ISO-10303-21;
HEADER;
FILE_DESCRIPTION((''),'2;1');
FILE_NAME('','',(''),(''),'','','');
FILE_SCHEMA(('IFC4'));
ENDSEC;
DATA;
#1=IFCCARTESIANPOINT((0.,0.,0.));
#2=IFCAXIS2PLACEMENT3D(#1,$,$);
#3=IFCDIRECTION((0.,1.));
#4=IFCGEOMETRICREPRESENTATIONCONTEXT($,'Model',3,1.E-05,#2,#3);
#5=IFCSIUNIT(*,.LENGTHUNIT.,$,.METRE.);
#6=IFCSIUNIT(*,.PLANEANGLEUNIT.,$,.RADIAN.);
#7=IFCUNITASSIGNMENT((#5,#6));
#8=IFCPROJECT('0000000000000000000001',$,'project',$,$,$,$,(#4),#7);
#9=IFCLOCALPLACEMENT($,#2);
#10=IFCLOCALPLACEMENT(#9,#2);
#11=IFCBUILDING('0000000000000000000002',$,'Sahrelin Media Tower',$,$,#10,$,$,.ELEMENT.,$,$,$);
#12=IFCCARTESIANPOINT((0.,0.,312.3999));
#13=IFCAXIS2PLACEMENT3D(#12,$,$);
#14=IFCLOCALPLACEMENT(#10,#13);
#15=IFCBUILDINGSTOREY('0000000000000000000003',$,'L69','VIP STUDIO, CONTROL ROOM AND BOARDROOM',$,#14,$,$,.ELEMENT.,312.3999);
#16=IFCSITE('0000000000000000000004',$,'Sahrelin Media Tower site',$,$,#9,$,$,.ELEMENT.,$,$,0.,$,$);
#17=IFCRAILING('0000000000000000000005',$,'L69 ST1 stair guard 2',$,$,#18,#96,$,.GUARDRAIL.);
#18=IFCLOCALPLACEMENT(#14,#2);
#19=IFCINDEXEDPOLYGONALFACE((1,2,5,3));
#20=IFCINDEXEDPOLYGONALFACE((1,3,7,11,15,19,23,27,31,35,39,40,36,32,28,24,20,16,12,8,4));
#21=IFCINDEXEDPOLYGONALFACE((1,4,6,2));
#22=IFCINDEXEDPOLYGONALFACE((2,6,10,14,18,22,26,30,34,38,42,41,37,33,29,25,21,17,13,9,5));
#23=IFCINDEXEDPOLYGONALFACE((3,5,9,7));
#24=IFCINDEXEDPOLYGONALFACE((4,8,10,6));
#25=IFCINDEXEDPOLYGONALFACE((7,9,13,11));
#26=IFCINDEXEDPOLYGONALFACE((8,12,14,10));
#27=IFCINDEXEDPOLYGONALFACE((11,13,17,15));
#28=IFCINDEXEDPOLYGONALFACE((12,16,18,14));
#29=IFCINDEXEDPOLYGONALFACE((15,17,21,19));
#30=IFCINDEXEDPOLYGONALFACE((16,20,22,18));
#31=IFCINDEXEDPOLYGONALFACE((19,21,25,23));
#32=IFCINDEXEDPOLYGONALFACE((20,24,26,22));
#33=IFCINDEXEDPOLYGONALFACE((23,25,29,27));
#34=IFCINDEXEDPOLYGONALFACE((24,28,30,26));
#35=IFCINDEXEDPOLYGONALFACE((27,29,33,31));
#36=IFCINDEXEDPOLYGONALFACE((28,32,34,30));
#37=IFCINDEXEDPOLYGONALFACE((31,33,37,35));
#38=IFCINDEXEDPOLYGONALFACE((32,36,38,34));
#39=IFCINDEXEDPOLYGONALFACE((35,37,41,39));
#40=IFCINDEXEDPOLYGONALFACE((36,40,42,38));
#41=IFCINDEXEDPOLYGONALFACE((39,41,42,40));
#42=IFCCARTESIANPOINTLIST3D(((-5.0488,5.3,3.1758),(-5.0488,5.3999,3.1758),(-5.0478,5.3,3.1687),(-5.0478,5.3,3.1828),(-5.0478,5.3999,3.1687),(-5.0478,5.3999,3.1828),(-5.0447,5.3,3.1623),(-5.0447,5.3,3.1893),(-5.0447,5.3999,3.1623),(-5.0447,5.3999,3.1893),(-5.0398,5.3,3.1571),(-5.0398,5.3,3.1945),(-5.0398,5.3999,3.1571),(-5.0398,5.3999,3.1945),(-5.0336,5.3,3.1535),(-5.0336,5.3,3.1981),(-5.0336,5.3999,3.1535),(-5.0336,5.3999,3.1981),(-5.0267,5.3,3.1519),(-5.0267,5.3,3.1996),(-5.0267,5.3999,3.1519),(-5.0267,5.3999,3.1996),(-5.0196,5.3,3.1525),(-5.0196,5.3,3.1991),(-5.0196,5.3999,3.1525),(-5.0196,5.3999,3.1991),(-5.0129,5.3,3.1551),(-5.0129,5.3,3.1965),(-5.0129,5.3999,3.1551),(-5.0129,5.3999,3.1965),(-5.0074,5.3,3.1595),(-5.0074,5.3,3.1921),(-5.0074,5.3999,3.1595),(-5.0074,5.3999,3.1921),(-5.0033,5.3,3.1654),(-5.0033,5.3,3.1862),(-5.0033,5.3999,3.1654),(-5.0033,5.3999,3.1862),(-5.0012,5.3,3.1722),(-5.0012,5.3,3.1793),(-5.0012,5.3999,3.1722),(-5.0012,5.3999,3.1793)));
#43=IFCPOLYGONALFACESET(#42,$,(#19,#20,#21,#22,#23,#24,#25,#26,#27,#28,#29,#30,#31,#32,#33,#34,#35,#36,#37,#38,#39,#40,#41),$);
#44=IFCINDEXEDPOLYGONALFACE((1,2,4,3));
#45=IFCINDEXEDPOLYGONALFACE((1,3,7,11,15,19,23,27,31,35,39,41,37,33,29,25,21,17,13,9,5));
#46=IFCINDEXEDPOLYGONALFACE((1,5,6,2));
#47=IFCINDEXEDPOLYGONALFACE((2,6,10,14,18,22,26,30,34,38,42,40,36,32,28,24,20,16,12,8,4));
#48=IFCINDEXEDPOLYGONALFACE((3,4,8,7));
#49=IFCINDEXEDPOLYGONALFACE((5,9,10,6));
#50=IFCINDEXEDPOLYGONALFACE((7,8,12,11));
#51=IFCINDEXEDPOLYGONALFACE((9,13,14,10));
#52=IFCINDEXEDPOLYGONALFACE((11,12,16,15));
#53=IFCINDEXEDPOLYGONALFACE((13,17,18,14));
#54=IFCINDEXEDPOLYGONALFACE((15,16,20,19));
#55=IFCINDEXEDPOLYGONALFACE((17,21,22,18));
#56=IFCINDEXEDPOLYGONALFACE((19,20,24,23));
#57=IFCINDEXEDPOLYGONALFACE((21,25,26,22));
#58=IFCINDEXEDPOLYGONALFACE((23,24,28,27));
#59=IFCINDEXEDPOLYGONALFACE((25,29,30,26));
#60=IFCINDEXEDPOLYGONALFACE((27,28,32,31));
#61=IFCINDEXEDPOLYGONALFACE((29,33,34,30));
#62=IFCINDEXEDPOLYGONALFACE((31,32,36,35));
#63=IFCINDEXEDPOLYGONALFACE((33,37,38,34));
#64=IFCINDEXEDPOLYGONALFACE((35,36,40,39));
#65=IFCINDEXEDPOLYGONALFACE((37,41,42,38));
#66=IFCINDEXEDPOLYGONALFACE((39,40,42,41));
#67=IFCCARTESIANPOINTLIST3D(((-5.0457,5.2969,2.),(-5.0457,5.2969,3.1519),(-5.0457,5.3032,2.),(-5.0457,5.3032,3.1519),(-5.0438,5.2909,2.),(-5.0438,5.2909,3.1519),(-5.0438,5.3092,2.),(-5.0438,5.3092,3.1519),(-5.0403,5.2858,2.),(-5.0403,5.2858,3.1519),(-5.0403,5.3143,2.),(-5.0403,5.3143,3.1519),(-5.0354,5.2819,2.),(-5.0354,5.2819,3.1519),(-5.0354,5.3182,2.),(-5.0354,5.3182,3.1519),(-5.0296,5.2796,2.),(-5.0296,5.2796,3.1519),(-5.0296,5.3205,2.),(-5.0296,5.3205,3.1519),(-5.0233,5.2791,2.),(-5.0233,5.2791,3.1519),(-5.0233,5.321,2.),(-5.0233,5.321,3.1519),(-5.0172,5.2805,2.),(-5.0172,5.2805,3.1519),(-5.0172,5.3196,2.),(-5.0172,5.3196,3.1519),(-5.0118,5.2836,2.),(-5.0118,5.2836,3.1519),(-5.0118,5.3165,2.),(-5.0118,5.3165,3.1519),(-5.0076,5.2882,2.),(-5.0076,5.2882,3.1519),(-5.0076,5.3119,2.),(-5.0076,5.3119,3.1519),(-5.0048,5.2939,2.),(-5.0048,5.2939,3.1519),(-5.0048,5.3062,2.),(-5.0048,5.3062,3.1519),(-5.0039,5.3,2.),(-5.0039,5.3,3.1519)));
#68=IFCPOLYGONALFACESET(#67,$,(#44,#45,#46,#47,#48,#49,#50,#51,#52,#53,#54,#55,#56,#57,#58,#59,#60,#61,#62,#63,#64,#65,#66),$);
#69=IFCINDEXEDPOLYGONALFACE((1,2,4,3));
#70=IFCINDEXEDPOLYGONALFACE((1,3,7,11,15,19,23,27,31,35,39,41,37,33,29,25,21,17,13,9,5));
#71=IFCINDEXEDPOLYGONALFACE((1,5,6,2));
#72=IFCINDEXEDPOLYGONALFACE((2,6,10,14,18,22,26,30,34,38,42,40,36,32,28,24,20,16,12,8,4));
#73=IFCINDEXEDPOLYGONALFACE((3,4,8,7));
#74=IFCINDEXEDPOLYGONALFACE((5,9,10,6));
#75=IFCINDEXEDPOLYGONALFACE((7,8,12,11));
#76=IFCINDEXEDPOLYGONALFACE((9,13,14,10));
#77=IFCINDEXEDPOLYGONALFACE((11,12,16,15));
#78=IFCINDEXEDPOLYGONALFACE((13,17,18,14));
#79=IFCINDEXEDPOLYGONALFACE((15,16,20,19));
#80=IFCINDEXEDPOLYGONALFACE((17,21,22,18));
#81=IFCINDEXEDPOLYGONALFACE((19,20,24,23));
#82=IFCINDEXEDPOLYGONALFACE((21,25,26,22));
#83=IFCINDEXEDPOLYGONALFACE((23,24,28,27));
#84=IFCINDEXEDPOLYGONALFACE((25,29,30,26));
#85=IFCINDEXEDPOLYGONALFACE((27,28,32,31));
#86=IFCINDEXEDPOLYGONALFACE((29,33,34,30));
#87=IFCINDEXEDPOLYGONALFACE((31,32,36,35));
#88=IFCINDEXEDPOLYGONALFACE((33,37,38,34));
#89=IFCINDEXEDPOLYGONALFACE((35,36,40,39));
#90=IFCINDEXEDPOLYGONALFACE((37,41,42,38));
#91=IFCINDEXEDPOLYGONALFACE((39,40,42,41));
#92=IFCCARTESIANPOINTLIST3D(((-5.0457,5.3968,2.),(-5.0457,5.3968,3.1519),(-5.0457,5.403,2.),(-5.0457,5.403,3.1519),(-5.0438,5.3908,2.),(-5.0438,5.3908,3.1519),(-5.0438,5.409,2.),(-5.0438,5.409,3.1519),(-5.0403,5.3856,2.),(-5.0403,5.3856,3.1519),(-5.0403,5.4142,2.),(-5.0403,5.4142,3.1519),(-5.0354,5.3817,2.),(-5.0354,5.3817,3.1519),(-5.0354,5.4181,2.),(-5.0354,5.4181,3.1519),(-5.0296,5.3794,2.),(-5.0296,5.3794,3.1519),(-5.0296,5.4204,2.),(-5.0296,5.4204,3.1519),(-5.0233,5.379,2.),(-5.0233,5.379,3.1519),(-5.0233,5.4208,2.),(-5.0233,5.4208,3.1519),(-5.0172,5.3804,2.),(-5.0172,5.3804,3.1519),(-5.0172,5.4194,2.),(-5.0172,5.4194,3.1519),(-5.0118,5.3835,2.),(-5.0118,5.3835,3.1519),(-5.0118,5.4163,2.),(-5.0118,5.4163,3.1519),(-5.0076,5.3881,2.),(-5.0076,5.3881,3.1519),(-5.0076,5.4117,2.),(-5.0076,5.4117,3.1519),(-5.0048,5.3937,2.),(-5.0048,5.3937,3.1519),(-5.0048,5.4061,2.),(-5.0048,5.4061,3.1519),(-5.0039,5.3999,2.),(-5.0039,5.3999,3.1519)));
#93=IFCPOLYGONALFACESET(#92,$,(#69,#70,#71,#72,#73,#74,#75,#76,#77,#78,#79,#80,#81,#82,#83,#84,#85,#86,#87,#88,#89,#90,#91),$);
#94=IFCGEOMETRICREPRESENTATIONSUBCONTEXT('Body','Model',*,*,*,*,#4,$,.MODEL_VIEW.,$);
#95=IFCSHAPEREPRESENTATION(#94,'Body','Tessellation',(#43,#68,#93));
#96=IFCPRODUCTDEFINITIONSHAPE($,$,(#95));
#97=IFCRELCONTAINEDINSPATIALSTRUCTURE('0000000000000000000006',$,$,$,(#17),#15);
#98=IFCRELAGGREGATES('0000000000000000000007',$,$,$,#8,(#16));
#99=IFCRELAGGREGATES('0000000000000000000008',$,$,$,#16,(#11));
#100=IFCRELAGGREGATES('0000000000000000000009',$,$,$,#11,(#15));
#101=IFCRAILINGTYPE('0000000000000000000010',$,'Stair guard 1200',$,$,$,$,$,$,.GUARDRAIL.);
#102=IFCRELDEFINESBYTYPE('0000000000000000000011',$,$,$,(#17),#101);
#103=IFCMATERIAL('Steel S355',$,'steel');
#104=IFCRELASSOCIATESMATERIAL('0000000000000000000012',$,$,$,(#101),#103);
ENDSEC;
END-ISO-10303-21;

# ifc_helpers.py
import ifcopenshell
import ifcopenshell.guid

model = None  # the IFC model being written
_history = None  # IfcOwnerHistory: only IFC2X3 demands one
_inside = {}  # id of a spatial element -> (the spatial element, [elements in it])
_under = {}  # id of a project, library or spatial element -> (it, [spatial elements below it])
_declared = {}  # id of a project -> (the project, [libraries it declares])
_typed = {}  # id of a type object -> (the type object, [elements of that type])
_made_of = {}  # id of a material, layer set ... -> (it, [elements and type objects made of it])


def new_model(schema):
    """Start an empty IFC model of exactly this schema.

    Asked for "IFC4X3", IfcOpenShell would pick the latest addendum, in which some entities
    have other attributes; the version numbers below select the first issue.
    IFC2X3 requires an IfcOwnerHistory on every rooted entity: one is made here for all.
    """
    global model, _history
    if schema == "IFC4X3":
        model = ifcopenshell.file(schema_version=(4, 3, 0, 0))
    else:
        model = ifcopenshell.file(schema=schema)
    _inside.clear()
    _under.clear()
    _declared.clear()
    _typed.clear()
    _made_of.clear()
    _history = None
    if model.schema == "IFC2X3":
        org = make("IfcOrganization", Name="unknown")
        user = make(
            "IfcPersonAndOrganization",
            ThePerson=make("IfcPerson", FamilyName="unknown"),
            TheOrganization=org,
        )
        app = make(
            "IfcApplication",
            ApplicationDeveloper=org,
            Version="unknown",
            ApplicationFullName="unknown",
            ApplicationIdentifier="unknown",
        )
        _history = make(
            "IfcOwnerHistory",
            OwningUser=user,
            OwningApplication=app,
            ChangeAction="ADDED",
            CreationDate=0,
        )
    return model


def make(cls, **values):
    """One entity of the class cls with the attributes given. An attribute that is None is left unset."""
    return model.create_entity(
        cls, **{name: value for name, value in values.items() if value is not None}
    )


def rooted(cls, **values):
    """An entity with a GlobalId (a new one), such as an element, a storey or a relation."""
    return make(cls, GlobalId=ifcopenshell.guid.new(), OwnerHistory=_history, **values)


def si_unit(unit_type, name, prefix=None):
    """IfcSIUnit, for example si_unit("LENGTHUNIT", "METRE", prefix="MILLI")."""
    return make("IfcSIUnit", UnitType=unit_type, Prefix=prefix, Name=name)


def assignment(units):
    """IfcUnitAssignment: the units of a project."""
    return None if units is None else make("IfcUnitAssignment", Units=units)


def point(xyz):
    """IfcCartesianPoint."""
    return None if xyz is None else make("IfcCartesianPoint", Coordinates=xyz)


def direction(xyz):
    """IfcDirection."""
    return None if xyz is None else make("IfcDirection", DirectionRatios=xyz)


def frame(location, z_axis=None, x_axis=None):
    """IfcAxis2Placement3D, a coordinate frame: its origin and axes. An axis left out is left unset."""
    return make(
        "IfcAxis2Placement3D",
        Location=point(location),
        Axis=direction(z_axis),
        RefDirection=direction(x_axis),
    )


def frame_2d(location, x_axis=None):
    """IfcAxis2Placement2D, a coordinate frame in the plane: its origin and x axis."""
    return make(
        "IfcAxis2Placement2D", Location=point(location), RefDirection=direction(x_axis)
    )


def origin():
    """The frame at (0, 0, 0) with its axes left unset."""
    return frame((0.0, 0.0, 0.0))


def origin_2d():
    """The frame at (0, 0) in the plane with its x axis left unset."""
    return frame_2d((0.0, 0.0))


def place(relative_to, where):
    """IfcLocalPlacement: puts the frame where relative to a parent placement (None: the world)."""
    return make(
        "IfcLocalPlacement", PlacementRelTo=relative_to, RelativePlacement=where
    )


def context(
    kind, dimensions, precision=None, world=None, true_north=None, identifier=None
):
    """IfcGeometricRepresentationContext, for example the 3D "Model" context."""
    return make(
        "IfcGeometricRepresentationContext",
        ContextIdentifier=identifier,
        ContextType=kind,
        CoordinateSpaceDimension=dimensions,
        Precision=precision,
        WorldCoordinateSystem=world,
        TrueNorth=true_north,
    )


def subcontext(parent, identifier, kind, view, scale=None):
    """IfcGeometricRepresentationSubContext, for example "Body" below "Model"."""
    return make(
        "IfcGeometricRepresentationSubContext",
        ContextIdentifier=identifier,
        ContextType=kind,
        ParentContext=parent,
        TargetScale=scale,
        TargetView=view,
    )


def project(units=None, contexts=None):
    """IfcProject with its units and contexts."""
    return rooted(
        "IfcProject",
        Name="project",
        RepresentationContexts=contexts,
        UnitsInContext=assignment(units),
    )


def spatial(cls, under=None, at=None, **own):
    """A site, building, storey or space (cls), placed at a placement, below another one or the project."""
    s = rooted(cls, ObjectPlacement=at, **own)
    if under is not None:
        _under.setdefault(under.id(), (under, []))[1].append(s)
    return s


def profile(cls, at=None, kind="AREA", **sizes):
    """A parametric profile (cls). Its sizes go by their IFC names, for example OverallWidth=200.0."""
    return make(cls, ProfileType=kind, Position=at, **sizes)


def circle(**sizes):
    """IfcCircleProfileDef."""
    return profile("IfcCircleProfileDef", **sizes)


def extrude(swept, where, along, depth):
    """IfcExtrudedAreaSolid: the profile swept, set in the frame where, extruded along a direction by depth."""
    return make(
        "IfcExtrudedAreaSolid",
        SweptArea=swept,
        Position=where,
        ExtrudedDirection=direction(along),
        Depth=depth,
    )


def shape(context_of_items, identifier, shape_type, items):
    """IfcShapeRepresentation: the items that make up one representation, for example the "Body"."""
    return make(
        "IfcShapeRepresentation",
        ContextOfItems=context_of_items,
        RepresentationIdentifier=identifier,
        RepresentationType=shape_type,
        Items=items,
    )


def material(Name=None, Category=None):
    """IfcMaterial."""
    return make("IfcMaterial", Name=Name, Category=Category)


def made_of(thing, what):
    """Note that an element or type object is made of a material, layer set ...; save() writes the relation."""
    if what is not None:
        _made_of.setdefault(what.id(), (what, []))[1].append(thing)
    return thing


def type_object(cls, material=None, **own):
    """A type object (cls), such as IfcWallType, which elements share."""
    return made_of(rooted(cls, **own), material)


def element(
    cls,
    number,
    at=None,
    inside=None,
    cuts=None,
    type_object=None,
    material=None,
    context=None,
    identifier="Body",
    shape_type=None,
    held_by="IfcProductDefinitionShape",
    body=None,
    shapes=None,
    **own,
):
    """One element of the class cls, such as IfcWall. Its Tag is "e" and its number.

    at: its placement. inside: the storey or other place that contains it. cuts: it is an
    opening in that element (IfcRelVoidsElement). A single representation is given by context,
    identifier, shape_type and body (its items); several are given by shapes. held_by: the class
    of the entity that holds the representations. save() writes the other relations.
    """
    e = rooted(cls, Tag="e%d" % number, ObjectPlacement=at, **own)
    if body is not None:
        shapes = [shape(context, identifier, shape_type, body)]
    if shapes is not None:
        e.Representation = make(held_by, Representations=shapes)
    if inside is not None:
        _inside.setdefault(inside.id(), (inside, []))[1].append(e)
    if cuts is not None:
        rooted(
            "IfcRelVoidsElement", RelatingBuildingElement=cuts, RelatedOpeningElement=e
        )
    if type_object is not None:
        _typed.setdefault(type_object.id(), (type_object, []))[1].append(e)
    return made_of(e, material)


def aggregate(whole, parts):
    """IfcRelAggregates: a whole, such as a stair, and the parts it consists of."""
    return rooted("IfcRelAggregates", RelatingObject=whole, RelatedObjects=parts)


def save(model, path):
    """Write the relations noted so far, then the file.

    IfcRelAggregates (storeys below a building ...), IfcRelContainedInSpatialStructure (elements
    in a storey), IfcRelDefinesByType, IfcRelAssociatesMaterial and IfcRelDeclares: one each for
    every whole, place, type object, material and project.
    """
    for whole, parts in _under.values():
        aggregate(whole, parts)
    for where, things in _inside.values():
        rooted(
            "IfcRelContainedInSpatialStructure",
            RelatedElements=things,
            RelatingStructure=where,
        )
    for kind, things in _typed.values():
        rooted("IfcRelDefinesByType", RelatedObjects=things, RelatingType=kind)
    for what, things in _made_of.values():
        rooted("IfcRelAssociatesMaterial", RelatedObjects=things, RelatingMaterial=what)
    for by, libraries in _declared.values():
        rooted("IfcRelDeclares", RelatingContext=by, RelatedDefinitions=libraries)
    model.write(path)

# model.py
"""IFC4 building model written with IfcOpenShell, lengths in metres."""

from ifc_helpers import new_model, si_unit, direction, frame, origin, origin_2d, place, context, subcontext, project, spatial, circle, extrude, material, type_object, element, save


model = new_model("IFC4")

# Units and contexts
model_context = context("Model", 3, precision=1e-05, world=origin(), true_north=direction((0.0, 1.0)))
body_context = subcontext(model_context, "Body", "Model", "MODEL_VIEW")
ifc_project = project(units=[si_unit("LENGTHUNIT", "METRE"), si_unit("PLANEANGLEUNIT", "RADIAN")], contexts=[model_context])

# Site, building, storey
site_placement = place(None, origin())
site = spatial("IfcSite", under=ifc_project, at=site_placement, Name="Sahrelin Media Tower site", CompositionType="ELEMENT", RefElevation=0.0)
building_placement = place(site_placement, origin())
building = spatial("IfcBuilding", under=site, at=building_placement, Name="Sahrelin Media Tower", CompositionType="ELEMENT")
storey_placement = place(building_placement, frame((0.0, 0.0, 312.3999)))
storey = spatial("IfcBuildingStorey", under=building, at=storey_placement, Name="L69", Description="VIP STUDIO, CONTROL ROOM AND BOARDROOM", CompositionType="ELEMENT", Elevation=312.3999)

# Shared definitions
ifc_material_1 = material(Name="Steel S355", Category="steel")

# Railing
railing_type_1 = type_object("IfcRailingType", Name="Stair guard 1200", PredefinedType="GUARDRAIL", material=ifc_material_1)
railing_1_placement = place(storey_placement, frame((-5.0249, 5.3, 2.0)))
element("IfcRailing", 1, at=railing_1_placement, inside=storey, type_object=railing_type_1, Name="L69 ST1 stair guard 2", PredefinedType="GUARDRAIL", context=body_context, shape_type="SweptSolid", body=[
    extrude(circle(Radius=0.0239, at=origin_2d()), frame((0.0, 0.0, 1.1758), z_axis=(0.0, 1.0, 0.0), x_axis=(-1.0, 0.0, 0.0)), (0.0, 0.0, 1.0), 0.0999),
    extrude(circle(Radius=0.021, at=origin_2d()), origin(), (0.0, 0.0, 1.0), 1.1519),
    extrude(circle(Radius=0.021, at=origin_2d()), frame((0.0, 0.0999, 0.0)), (0.0, 0.0, 1.0), 1.1519),
])

save(model, "model.ifc")
